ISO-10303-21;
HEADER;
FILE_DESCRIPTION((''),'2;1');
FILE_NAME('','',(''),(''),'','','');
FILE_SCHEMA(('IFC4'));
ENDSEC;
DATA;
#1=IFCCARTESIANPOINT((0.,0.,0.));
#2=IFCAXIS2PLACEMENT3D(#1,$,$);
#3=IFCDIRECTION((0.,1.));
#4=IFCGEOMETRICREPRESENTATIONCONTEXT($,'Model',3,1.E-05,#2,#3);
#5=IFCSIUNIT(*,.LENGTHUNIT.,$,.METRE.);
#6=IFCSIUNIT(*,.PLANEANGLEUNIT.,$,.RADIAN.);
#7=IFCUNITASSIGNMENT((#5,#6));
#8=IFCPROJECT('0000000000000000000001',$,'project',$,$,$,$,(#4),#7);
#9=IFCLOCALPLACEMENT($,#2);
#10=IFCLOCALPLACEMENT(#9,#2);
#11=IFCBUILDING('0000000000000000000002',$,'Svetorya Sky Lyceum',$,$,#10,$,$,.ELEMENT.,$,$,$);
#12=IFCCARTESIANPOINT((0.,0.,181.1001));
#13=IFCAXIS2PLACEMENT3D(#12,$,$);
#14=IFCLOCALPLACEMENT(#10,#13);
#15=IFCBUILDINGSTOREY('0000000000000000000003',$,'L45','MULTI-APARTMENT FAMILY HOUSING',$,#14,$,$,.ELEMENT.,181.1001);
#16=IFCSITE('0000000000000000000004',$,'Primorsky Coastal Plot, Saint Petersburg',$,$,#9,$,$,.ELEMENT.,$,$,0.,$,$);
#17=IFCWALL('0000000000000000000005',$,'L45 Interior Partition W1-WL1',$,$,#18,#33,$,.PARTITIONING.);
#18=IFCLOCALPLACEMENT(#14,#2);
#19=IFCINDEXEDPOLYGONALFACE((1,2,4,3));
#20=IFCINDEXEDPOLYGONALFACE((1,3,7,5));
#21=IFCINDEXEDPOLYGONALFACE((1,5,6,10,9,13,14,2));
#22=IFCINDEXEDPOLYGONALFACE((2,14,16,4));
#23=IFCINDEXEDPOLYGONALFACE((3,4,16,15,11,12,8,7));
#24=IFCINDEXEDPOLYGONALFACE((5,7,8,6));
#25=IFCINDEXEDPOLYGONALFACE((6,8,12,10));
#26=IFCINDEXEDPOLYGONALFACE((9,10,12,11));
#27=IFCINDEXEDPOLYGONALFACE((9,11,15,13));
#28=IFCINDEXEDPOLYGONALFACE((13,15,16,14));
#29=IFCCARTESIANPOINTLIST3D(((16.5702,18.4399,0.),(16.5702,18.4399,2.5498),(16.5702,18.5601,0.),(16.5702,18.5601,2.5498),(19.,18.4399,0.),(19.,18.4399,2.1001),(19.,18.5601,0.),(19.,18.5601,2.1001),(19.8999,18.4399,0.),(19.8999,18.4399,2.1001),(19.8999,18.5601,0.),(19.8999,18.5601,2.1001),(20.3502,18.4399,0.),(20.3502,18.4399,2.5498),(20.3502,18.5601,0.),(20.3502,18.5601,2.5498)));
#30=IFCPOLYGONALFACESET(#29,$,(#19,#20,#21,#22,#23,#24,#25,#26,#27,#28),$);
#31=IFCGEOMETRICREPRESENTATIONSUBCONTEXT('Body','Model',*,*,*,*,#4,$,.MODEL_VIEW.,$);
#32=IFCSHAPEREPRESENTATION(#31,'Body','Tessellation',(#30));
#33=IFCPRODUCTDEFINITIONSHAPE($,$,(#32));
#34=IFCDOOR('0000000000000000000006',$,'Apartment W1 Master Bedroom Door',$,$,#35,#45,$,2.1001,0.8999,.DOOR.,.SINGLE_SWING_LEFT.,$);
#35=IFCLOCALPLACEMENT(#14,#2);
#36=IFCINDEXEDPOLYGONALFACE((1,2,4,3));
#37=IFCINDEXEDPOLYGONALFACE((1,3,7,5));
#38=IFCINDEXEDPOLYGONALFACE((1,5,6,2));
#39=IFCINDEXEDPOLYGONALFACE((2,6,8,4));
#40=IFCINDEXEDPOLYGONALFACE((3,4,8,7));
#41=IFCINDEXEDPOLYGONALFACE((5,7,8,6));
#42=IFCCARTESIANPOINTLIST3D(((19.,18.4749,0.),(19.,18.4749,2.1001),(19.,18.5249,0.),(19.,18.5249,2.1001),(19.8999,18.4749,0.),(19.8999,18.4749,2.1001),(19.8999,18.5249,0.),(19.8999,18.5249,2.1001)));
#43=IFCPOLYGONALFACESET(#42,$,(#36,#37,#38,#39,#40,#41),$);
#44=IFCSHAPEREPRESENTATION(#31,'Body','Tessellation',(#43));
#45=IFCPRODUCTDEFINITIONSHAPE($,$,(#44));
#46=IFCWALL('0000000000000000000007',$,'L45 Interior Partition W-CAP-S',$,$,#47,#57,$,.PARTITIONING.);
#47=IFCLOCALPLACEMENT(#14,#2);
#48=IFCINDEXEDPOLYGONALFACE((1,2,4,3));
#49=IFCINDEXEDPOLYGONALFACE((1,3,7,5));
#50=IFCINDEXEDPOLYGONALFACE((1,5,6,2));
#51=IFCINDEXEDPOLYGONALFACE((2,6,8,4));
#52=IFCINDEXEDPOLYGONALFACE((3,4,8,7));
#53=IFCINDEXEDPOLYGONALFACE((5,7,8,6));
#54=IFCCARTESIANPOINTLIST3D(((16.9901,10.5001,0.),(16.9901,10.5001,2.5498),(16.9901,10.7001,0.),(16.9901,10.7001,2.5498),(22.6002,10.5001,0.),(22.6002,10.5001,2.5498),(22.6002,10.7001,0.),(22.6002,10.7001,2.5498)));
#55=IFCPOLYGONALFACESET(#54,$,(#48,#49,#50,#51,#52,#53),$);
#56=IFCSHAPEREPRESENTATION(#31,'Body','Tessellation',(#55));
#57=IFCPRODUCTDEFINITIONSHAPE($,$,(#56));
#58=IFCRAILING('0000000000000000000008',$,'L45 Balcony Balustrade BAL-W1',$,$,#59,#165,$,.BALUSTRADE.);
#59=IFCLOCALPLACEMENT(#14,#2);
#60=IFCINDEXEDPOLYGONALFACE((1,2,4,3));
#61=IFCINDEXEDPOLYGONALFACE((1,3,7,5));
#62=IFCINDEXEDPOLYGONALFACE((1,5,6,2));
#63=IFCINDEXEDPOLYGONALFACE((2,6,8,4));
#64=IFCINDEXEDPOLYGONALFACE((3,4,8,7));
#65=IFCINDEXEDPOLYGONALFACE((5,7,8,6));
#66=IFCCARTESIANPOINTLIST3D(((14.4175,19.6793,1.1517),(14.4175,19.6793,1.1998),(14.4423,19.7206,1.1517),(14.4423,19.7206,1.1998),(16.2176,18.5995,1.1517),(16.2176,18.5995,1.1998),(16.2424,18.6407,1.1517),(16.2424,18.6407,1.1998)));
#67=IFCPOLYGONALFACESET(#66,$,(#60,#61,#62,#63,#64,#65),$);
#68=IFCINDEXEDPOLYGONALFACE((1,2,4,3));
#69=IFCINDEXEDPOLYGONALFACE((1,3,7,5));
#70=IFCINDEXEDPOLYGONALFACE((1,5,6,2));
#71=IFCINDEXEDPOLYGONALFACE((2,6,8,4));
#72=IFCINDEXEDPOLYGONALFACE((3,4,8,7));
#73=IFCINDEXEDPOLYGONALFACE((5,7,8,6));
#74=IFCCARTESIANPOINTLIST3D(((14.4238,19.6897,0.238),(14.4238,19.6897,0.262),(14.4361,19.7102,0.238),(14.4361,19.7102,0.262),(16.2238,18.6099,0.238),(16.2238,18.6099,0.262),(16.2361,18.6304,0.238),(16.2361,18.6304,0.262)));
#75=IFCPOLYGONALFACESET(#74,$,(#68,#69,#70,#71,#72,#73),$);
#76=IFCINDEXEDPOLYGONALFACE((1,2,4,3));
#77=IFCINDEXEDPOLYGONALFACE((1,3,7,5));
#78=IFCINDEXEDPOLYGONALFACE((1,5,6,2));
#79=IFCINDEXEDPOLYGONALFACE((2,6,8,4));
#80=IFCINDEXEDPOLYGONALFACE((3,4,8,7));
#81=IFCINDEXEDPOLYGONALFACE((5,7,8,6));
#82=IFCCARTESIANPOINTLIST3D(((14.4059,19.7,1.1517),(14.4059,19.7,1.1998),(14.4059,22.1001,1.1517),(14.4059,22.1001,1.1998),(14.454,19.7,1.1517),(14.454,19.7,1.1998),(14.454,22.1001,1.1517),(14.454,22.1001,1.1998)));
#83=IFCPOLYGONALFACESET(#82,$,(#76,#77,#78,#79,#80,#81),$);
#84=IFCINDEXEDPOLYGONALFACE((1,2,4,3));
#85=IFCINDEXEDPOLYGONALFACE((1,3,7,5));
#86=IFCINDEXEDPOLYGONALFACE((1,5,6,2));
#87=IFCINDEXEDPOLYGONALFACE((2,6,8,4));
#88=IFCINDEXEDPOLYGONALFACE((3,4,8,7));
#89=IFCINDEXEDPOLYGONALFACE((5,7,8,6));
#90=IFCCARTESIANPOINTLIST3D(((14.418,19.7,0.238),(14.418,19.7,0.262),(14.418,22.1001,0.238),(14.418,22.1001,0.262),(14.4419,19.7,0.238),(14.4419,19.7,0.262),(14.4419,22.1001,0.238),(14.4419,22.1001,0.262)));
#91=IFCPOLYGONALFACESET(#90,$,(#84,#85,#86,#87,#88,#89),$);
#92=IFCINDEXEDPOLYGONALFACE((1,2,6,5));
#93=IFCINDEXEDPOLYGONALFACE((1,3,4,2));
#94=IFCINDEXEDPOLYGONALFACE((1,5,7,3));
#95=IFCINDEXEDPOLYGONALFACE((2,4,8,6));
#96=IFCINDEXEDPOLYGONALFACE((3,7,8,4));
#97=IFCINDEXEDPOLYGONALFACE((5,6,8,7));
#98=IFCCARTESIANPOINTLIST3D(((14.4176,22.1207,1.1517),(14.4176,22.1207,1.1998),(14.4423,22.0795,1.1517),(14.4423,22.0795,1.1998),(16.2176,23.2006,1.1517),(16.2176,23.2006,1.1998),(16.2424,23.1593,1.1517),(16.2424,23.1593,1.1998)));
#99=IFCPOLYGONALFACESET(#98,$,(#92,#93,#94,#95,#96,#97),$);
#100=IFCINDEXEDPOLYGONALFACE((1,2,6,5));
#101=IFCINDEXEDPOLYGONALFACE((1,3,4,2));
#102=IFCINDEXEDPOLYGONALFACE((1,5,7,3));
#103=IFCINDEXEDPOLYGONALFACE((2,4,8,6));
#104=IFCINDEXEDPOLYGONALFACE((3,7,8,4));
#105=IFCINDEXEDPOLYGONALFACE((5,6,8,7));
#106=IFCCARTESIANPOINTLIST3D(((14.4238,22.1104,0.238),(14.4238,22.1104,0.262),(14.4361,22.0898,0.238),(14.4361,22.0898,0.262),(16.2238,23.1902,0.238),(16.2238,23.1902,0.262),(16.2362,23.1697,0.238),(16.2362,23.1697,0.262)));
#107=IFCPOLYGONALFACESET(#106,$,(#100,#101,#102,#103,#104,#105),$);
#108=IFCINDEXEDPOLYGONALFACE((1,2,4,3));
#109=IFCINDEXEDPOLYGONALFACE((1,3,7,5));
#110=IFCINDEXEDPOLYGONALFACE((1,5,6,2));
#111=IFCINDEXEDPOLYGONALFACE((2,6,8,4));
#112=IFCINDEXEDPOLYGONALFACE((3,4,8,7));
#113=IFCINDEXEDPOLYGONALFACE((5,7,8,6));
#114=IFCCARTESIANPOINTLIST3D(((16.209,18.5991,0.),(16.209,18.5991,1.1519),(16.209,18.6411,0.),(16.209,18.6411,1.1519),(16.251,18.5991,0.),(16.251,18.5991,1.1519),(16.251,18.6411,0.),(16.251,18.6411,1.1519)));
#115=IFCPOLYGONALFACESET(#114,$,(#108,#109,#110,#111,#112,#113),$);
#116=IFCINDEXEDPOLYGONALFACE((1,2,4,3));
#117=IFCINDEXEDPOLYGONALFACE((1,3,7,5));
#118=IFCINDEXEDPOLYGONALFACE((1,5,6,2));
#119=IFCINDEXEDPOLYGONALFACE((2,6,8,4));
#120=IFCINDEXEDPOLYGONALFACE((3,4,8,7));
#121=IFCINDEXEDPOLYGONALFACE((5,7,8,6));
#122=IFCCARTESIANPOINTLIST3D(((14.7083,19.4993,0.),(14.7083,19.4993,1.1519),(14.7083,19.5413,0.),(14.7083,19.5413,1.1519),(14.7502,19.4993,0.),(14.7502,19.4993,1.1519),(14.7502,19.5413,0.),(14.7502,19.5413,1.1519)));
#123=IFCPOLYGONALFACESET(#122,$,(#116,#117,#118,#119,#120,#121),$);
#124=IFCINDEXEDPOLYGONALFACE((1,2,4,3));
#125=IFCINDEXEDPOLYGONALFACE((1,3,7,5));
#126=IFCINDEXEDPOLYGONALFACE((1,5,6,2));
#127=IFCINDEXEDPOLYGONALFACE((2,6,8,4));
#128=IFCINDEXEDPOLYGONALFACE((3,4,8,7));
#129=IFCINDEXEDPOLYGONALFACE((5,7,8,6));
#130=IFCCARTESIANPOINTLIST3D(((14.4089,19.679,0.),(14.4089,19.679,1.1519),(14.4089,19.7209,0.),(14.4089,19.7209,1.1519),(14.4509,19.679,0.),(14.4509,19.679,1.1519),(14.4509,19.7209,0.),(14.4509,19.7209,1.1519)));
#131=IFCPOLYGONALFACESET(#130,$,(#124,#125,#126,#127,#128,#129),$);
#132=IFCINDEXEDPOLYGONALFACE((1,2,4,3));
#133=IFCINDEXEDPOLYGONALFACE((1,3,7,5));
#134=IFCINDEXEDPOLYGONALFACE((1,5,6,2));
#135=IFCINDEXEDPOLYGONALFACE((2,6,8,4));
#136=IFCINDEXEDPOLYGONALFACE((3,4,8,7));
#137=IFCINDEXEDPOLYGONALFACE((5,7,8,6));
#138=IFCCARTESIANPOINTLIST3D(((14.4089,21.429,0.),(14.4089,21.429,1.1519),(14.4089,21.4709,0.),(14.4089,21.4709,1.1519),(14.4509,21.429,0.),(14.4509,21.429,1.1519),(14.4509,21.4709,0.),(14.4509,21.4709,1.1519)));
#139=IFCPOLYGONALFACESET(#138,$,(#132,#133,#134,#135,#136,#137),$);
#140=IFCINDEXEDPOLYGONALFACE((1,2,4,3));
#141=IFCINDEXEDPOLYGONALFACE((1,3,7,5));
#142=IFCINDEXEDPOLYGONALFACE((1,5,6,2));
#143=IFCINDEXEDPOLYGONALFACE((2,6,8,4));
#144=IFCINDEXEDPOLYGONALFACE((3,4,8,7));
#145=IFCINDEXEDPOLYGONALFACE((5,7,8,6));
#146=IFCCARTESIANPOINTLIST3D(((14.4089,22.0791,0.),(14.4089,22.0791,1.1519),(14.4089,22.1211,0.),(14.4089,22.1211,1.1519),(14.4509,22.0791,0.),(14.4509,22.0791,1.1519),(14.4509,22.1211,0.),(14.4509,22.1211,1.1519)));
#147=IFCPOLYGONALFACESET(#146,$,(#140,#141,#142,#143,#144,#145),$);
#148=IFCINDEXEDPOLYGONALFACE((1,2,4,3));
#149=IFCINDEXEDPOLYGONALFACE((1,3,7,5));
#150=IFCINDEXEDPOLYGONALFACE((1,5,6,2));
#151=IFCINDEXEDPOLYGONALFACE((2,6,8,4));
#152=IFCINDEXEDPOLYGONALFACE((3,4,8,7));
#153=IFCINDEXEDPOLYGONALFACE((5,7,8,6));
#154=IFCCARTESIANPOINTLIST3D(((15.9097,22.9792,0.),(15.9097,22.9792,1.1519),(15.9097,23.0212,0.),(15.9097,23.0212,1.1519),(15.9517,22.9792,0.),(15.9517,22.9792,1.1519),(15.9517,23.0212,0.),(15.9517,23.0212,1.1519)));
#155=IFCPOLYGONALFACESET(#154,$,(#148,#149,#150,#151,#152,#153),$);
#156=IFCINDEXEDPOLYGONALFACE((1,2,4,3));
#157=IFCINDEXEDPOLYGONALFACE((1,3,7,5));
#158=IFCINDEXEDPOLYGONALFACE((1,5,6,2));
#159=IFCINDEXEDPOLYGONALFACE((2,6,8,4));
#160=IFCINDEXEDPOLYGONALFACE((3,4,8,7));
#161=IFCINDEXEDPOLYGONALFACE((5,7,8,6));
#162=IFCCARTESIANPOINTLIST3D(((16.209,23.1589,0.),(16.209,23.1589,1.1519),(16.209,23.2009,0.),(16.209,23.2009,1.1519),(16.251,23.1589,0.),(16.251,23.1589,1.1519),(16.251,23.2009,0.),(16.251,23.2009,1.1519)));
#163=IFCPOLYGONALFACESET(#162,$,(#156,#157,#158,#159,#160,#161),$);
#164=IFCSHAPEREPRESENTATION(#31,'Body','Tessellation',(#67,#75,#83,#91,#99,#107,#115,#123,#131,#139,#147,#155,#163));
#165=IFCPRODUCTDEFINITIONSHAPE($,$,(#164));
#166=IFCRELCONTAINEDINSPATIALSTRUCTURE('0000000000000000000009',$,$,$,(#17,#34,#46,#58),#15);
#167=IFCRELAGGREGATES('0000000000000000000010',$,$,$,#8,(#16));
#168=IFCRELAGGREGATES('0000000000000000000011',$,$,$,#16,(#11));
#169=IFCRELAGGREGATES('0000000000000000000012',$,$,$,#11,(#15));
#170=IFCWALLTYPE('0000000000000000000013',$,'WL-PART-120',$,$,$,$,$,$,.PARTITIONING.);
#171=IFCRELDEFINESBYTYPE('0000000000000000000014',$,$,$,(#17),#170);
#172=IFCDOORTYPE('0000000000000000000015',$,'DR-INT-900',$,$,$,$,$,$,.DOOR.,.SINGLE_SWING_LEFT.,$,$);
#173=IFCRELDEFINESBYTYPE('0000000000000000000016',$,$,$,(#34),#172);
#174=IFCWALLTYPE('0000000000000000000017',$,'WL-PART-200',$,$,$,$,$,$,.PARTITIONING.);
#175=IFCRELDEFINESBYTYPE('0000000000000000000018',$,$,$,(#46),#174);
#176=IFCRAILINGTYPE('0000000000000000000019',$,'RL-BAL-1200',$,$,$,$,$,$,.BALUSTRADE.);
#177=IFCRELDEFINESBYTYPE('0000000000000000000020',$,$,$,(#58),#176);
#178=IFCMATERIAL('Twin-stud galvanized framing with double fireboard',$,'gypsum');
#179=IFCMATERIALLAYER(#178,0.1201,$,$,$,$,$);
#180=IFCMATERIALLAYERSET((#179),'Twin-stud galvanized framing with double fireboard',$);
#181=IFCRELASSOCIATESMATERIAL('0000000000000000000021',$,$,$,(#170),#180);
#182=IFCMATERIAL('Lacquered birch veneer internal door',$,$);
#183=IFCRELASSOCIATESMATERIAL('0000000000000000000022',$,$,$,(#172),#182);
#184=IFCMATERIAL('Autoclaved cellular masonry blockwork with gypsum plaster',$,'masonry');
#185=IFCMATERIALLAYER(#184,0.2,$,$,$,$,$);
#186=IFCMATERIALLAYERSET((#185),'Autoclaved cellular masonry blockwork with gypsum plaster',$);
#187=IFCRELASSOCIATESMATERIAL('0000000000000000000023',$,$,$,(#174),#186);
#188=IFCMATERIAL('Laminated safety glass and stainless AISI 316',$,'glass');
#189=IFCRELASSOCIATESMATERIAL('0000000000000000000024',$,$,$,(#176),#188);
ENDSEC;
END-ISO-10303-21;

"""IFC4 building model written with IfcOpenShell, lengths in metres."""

from ifc_helpers import new_model, si_unit, direction, frame, frame_2d, origin, origin_2d, place, context, subcontext, project, spatial, rectangle, extrude, material, layer, layer_set, type_object, element, fill, save


model = new_model("IFC4")

# Units and contexts
model_context = context("Model", 3, precision=1e-05, world=origin(), true_north=direction((0.0, 1.0)))
body_context = subcontext(model_context, "Body", "Model", "MODEL_VIEW")
ifc_project = project(units=[si_unit("LENGTHUNIT", "METRE"), si_unit("PLANEANGLEUNIT", "RADIAN")], contexts=[model_context])

# Site, building, storey
site_placement = place(None, origin())
site = spatial("IfcSite", under=ifc_project, at=site_placement, Name="Primorsky Coastal Plot, Saint Petersburg", CompositionType="ELEMENT", RefElevation=0.0)
building_placement = place(site_placement, origin())
building = spatial("IfcBuilding", under=site, at=building_placement, Name="Svetorya Sky Lyceum", CompositionType="ELEMENT")
storey_placement = place(building_placement, frame((0.0, 0.0, 181.1001)))
storey = spatial("IfcBuildingStorey", under=building, at=storey_placement, Name="L45", Description="MULTI-APARTMENT FAMILY HOUSING", CompositionType="ELEMENT", Elevation=181.1001)

# Wall, opening, door
ifc_material_1 = material(Name="Twin-stud galvanized framing with double fireboard", Category="gypsum")
ifc_layer_1 = layer(ifc_material_1, 0.1201)
ifc_layer_set_1 = layer_set([ifc_layer_1], Name="Twin-stud galvanized framing with double fireboard")
wall_type_1 = type_object("IfcWallType", Name="WL-PART-120", PredefinedType="PARTITIONING", material=ifc_layer_set_1)
wall_1_placement = place(storey_placement, frame((16.5701, 18.5, 0.0), z_axis=(0.0, 0.0, 1.0), x_axis=(1.0, 0.0, 0.0)))
wall_1 = element("IfcWall", 1, at=wall_1_placement, inside=storey, type_object=wall_type_1, Name="L45 Interior Partition W1-WL1", PredefinedType="PARTITIONING", context=body_context, shape_type="SweptSolid", body=[
    extrude(rectangle(XDim=3.78, YDim=0.1201, at=frame_2d((1.8901, 0.0))), origin(), (0.0, 0.0, 1.0), 2.5498),
])
opening_placement = place(wall_1_placement, frame((2.4299, 0.0, 0.0)))
opening = element("IfcOpeningElement", 2, at=opening_placement, cuts=wall_1, PredefinedType="OPENING", context=body_context, shape_type="SweptSolid", body=[
    extrude(rectangle(XDim=0.8999, YDim=2.1001, at=frame_2d((0.45, 1.05))), frame((0.0, 0.0701, 0.0), z_axis=(0.0, -1.0, 0.0), x_axis=(1.0, 0.0, 0.0)), (0.0, 0.0, 1.0), 0.1401),
])
ifc_material_2 = material(Name="Lacquered birch veneer internal door")
door_type = type_object("IfcDoorType", Name="DR-INT-900", OperationType="SINGLE_SWING_LEFT", PredefinedType="DOOR", material=ifc_material_2)
door_placement = place(opening_placement, origin())
door = element("IfcDoor", 3, at=door_placement, inside=storey, type_object=door_type, Name="Apartment W1 Master Bedroom Door", OperationType="SINGLE_SWING_LEFT", OverallHeight=2.1001, OverallWidth=0.8999, PredefinedType="DOOR", context=body_context, shape_type="SweptSolid", body=[
    extrude(rectangle(XDim=0.8999, YDim=2.1001, at=frame_2d((0.45, 1.05))), frame((0.0, 0.0249, 0.0), z_axis=(0.0, -1.0, 0.0), x_axis=(1.0, 0.0, 0.0)), (0.0, 0.0, 1.0), 0.05),
])
fill(opening, door)

# Wall
ifc_material_3 = material(Name="Autoclaved cellular masonry blockwork with gypsum plaster", Category="masonry")
ifc_layer_2 = layer(ifc_material_3, 0.2)
ifc_layer_set_2 = layer_set([ifc_layer_2], Name="Autoclaved cellular masonry blockwork with gypsum plaster")
wall_type_2 = type_object("IfcWallType", Name="WL-PART-200", PredefinedType="PARTITIONING", material=ifc_layer_set_2)
wall_2_placement = place(storey_placement, frame((16.99, 10.6001, 0.0), z_axis=(0.0, 0.0, 1.0), x_axis=(1.0, 0.0, 0.0)))
element("IfcWall", 4, at=wall_2_placement, inside=storey, type_object=wall_type_2, Name="L45 Interior Partition W-CAP-S", PredefinedType="PARTITIONING", context=body_context, shape_type="SweptSolid", body=[
    extrude(rectangle(XDim=5.6101, YDim=0.2, at=frame_2d((2.8052, 0.0))), origin(), (0.0, 0.0, 1.0), 2.5498),
])

# Railing
ifc_material_4 = material(Name="Laminated safety glass and stainless AISI 316", Category="glass")
railing_type = type_object("IfcRailingType", Name="RL-BAL-1200", PredefinedType="BALUSTRADE", material=ifc_material_4)
railing_placement = place(storey_placement, frame((16.23, 18.6201, 0.0)))
element("IfcRailing", 5, at=railing_placement, inside=storey, type_object=railing_type, Name="L45 Balcony Balustrade BAL-W1", PredefinedType="BALUSTRADE", context=body_context, shape_type="SweptSolid", body=[
    extrude(rectangle(XDim=0.0481, YDim=0.0481, at=origin_2d()), frame((0.0, 0.0, 1.1758), z_axis=(-0.857534, 0.514427, 0.0), x_axis=(-0.514427, -0.857534, 0.0)), (0.0, 0.0, 1.0), 2.0991),
    extrude(rectangle(XDim=0.0239, YDim=0.0239, at=origin_2d()), frame((0.0, 0.0, 0.25), z_axis=(-0.857534, 0.514427, 0.0), x_axis=(-0.514427, -0.857534, 0.0)), (0.0, 0.0, 1.0), 2.0991),
    extrude(rectangle(XDim=0.0481, YDim=0.0481, at=origin_2d()), frame((-1.8, 1.0798, 1.1758), z_axis=(0.0, 1.0, 0.0), x_axis=(-1.0, 0.0, 0.0)), (0.0, 0.0, 1.0), 2.4001),
    extrude(rectangle(XDim=0.0239, YDim=0.0239, at=origin_2d()), frame((-1.8, 1.0798, 0.25), z_axis=(0.0, 1.0, 0.0), x_axis=(-1.0, 0.0, 0.0)), (0.0, 0.0, 1.0), 2.4001),
    extrude(rectangle(XDim=0.0481, YDim=0.0481, at=origin_2d()), frame((-1.8, 3.48, 1.1758), z_axis=(0.857534, 0.514427, 0.0), x_axis=(-0.514427, 0.857534, 0.0)), (0.0, 0.0, 1.0), 2.0991),
    extrude(rectangle(XDim=0.0239, YDim=0.0239, at=origin_2d()), frame((-1.8, 3.48, 0.25), z_axis=(0.857534, 0.514427, 0.0), x_axis=(-0.514427, 0.857534, 0.0)), (0.0, 0.0, 1.0), 2.0991),
    extrude(rectangle(XDim=0.042, YDim=0.042, at=origin_2d()), origin(), (0.0, 0.0, 1.0), 1.1519),
    extrude(rectangle(XDim=0.042, YDim=0.042, at=origin_2d()), frame((-1.5007, 0.9001, 0.0)), (0.0, 0.0, 1.0), 1.1519),
    extrude(rectangle(XDim=0.042, YDim=0.042, at=origin_2d()), frame((-1.8, 1.0798, 0.0)), (0.0, 0.0, 1.0), 1.1519),
    extrude(rectangle(XDim=0.042, YDim=0.042, at=origin_2d()), frame((-1.8, 2.8298, 0.0)), (0.0, 0.0, 1.0), 1.1519),
    extrude(rectangle(XDim=0.042, YDim=0.042, at=origin_2d()), frame((-1.8, 3.48, 0.0)), (0.0, 0.0, 1.0), 1.1519),
    extrude(rectangle(XDim=0.042, YDim=0.042, at=origin_2d()), frame((-0.2993, 4.3801, 0.0)), (0.0, 0.0, 1.0), 1.1519),
    extrude(rectangle(XDim=0.042, YDim=0.042, at=origin_2d()), frame((0.0, 4.5598, 0.0)), (0.0, 0.0, 1.0), 1.1519),
])

save(model, "model.ifc")
